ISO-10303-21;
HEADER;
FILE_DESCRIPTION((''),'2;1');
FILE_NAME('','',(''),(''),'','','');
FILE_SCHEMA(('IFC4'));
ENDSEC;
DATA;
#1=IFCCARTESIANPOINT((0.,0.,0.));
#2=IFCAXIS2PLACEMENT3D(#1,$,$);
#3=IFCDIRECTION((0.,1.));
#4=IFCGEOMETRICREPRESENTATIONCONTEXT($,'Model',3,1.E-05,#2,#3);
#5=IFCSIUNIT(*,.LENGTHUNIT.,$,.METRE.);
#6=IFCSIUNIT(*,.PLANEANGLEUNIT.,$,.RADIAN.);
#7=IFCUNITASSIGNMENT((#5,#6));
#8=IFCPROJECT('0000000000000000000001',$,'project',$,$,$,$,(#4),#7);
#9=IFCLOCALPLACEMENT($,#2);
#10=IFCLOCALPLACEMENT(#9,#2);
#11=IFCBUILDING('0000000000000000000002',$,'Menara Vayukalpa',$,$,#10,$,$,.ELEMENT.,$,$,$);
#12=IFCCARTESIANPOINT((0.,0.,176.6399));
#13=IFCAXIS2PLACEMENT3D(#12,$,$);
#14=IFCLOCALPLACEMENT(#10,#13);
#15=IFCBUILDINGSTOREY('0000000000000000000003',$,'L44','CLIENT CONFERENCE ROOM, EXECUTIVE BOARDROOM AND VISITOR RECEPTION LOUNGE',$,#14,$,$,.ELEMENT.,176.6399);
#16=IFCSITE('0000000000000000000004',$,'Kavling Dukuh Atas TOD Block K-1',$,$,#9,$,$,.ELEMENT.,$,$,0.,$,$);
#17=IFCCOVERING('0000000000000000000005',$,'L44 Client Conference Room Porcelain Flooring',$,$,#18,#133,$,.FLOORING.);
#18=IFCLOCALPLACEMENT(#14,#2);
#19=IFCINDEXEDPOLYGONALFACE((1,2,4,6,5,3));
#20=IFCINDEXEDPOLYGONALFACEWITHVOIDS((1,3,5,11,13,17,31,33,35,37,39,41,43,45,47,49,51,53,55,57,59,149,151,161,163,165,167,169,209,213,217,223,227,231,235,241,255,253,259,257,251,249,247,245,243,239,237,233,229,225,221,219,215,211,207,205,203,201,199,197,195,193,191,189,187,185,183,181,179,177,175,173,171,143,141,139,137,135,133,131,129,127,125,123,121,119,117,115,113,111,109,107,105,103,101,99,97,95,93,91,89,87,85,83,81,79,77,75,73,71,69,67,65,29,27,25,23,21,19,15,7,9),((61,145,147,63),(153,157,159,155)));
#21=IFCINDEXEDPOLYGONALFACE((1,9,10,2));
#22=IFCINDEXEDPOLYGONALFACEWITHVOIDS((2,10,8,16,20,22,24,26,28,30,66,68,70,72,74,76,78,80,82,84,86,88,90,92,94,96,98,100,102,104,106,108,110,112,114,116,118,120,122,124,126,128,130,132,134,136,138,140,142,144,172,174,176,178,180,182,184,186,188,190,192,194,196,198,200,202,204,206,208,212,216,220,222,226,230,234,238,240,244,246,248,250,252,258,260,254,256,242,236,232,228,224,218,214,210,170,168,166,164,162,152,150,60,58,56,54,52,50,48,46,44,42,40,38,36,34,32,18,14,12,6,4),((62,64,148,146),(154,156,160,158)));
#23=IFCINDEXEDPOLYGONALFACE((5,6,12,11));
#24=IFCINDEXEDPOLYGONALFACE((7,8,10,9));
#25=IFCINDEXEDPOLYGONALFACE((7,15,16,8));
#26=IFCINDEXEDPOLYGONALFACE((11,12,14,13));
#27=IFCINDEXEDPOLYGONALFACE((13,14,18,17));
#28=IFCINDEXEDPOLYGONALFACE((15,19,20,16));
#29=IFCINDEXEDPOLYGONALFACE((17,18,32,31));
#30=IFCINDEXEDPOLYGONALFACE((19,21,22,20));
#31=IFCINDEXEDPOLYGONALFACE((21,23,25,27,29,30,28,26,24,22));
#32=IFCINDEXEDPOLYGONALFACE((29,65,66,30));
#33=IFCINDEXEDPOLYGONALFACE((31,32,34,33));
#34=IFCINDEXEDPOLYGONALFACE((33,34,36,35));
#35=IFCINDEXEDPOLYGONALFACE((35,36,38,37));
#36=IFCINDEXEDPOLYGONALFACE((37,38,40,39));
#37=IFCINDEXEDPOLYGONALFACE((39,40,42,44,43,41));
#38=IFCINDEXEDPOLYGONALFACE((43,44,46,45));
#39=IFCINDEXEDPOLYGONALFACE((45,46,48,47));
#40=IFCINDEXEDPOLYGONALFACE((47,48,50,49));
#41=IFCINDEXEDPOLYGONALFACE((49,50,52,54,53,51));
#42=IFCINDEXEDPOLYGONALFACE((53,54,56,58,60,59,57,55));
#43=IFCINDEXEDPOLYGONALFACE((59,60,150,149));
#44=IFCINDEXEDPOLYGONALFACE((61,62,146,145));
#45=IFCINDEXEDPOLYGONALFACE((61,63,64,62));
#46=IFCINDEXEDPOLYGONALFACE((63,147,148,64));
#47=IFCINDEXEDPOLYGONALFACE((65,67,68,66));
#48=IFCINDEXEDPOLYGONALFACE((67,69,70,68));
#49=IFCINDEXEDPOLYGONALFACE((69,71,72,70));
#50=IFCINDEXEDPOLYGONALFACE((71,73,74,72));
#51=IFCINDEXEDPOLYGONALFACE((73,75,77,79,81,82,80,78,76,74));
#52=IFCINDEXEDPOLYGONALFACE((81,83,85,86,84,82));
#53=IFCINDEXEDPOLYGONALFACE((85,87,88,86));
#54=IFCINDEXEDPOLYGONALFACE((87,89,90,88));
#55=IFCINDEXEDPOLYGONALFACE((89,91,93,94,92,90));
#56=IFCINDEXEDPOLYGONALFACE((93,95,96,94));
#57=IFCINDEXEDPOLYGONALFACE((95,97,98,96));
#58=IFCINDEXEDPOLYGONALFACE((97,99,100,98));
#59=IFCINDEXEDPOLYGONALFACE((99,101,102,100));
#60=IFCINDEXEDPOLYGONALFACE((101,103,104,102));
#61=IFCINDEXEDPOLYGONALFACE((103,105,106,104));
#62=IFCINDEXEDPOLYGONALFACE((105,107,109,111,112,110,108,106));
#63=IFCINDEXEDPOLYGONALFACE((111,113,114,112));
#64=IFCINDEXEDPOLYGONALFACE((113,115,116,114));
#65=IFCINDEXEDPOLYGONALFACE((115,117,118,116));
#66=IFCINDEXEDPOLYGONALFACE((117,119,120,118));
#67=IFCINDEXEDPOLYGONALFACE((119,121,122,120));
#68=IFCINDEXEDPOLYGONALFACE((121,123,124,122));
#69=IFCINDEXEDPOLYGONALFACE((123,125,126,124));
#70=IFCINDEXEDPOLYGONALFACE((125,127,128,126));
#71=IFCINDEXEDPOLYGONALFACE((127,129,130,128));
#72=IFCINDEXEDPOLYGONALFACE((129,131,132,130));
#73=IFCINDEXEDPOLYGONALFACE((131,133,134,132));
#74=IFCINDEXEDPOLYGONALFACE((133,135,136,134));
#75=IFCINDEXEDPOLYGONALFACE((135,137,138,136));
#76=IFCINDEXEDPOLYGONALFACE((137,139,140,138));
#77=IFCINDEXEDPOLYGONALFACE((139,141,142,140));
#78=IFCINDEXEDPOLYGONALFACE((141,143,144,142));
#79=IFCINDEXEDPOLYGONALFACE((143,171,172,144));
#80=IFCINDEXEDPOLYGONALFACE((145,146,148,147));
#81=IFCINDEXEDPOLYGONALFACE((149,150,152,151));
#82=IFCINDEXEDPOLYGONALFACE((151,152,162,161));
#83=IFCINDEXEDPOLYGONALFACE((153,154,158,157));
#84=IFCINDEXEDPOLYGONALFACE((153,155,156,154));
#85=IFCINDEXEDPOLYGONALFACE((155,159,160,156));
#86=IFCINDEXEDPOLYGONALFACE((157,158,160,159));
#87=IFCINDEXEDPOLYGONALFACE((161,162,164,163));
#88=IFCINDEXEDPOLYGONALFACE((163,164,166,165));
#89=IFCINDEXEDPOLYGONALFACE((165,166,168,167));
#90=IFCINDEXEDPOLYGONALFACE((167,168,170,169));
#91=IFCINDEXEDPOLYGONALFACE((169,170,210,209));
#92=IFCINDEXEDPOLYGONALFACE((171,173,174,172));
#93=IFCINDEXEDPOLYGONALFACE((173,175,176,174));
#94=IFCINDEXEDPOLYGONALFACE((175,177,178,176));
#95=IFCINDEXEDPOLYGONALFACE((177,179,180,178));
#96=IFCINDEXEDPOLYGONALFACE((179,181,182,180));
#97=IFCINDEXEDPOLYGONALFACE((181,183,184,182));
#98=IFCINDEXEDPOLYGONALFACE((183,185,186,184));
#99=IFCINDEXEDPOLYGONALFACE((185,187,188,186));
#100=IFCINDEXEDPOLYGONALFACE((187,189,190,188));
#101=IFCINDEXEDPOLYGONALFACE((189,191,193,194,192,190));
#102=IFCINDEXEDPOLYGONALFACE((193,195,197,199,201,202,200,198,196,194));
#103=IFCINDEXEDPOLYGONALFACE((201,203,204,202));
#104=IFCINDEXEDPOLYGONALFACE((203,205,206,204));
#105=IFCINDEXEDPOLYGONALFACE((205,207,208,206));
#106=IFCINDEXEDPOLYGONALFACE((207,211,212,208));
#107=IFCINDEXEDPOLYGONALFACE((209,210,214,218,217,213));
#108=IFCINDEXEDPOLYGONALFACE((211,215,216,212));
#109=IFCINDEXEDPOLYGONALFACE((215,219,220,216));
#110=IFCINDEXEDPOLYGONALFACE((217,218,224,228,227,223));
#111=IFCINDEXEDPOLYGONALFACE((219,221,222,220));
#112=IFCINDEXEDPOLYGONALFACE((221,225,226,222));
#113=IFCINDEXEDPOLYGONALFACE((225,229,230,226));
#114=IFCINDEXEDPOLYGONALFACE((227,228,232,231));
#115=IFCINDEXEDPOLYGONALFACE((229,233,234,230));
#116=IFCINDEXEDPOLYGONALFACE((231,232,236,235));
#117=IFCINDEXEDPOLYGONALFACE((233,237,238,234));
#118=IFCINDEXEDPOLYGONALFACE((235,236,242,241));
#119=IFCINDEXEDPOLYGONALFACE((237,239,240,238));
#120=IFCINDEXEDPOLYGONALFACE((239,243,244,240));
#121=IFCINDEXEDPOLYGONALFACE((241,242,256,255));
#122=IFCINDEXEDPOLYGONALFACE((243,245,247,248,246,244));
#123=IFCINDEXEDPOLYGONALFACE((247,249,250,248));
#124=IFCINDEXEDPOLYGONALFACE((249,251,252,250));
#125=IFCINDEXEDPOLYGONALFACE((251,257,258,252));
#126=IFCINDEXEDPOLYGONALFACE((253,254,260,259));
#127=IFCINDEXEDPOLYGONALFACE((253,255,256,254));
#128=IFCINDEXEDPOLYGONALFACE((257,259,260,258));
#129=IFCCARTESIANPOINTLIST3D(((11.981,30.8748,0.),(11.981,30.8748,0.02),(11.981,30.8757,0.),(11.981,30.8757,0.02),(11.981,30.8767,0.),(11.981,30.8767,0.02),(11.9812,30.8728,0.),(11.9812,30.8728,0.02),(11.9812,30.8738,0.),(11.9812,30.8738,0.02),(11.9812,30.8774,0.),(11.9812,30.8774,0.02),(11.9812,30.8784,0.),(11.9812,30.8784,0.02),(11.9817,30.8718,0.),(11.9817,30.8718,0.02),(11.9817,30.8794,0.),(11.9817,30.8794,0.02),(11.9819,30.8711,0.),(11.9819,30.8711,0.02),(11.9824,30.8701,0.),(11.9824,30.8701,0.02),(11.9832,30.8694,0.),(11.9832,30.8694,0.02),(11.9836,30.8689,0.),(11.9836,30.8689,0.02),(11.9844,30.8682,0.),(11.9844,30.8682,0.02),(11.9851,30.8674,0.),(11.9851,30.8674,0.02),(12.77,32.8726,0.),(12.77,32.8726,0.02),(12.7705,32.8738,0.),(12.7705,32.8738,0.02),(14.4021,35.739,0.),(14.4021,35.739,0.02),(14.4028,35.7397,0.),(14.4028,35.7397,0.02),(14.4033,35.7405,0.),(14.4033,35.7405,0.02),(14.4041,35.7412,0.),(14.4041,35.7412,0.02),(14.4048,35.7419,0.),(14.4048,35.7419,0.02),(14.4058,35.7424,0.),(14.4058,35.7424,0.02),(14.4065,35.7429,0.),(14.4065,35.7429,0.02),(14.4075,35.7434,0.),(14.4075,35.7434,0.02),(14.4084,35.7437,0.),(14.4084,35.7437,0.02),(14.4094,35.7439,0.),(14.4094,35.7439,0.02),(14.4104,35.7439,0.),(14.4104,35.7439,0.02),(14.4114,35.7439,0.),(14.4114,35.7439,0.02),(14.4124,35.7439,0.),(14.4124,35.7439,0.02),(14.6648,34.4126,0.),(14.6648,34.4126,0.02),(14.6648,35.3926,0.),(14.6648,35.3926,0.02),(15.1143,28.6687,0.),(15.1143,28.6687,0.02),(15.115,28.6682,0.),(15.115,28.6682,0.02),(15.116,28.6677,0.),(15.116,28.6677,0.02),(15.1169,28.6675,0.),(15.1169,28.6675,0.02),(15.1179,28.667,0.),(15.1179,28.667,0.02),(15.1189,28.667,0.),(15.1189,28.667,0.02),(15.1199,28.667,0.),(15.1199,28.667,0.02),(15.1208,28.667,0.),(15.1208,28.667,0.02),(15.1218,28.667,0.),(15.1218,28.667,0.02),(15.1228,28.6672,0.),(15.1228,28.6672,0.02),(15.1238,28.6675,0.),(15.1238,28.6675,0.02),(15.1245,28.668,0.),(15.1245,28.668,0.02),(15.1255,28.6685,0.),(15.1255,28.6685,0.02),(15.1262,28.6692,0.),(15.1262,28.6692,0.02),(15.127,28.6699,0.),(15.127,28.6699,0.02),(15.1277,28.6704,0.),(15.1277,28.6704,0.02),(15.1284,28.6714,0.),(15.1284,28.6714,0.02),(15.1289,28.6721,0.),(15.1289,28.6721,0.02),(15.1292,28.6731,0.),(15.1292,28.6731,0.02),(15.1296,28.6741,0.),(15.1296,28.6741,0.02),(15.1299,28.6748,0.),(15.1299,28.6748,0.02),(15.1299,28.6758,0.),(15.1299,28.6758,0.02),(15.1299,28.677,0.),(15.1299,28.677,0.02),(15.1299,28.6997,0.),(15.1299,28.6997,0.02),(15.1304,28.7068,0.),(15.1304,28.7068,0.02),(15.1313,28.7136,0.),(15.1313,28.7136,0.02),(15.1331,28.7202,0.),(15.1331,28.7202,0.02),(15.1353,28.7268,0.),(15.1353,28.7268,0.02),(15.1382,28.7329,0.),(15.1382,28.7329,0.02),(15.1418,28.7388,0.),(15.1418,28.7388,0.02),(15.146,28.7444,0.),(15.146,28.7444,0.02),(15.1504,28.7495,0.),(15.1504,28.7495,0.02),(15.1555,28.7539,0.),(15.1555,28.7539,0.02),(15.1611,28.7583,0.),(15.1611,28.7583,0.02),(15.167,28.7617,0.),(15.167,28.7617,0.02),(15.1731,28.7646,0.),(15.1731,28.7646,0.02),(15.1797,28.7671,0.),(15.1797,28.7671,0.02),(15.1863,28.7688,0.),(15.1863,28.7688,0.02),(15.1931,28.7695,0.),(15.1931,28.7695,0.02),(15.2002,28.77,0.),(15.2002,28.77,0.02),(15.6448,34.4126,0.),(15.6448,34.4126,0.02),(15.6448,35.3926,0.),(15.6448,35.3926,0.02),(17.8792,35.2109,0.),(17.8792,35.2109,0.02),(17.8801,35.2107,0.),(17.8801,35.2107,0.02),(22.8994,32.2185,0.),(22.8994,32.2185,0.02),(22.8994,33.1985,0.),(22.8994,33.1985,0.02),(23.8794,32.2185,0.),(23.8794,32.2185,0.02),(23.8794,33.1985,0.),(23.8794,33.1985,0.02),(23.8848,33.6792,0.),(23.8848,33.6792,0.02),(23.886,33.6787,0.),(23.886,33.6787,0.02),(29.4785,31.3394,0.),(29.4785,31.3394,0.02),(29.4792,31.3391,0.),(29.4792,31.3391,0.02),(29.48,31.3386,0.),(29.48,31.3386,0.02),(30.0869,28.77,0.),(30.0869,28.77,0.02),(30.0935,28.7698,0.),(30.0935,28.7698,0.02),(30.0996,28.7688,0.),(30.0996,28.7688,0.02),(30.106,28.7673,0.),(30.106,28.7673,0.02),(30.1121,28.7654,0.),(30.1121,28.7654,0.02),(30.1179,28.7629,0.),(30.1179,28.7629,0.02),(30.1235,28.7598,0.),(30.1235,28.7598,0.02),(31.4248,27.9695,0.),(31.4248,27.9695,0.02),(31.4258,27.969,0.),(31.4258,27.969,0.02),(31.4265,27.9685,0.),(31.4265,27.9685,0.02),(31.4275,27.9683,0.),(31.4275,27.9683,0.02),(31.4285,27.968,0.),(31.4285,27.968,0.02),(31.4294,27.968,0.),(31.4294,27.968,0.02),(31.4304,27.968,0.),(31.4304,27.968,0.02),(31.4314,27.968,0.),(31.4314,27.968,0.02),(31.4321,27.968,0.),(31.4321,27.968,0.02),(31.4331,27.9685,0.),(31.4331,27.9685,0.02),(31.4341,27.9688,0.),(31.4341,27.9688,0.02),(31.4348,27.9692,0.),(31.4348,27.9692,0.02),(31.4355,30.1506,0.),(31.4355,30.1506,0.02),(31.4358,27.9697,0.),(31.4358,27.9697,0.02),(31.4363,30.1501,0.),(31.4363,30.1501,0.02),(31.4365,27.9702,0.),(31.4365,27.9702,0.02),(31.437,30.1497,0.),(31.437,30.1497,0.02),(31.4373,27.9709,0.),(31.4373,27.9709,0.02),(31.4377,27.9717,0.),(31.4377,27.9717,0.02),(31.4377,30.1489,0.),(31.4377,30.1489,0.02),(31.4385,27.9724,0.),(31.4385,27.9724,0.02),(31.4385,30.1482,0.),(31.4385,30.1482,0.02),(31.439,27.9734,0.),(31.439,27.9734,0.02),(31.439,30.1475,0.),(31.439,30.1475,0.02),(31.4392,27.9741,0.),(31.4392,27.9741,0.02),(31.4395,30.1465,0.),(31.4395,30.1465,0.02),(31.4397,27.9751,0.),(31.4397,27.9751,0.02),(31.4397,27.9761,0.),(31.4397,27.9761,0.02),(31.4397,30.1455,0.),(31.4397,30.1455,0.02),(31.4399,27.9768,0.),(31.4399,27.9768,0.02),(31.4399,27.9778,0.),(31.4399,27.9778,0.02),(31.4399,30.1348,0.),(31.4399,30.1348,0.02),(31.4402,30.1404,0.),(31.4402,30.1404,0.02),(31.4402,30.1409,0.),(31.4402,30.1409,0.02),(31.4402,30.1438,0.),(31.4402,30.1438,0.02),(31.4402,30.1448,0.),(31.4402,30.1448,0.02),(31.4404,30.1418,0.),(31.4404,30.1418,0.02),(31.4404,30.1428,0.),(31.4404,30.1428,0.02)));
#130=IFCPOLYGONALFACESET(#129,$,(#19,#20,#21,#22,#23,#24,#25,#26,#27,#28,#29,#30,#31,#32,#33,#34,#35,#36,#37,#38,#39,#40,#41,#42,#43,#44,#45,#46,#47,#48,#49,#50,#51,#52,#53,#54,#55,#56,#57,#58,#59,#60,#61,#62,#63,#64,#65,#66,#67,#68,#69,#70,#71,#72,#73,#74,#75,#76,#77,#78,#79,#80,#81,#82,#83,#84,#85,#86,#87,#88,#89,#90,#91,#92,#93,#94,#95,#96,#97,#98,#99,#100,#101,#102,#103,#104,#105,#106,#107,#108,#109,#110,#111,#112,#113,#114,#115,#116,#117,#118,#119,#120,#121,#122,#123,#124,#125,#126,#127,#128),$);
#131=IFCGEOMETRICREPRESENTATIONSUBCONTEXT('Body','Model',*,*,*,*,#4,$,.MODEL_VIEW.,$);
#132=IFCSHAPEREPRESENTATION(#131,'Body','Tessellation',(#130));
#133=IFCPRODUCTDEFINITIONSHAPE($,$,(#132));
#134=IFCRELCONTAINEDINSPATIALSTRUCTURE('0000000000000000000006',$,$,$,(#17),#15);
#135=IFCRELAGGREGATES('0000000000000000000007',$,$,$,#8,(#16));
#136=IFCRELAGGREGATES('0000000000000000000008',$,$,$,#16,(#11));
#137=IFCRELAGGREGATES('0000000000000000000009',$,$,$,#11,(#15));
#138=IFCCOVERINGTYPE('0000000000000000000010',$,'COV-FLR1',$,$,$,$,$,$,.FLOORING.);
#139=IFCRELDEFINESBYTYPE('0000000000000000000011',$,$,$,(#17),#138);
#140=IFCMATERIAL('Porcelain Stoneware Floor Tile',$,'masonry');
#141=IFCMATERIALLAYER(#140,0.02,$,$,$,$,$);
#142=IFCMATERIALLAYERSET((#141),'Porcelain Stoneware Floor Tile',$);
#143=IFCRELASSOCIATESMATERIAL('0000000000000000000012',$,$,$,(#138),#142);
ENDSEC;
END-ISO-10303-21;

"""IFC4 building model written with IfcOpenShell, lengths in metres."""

from ifc_helpers import new_model, si_unit, direction, frame, origin, place, context, subcontext, project, spatial, polyline, outline, extrude, material, layer, layer_set, type_object, element, save


model = new_model("IFC4")

# Units and contexts
model_context = context("Model", 3, precision=1e-05, world=origin(), true_north=direction((0.0, 1.0)))
body_context = subcontext(model_context, "Body", "Model", "MODEL_VIEW")
ifc_project = project(units=[si_unit("LENGTHUNIT", "METRE"), si_unit("PLANEANGLEUNIT", "RADIAN")], contexts=[model_context])

# Site, building, storey
site_placement = place(None, origin())
site = spatial("IfcSite", under=ifc_project, at=site_placement, Name="Kavling Dukuh Atas TOD Block K-1", CompositionType="ELEMENT", RefElevation=0.0)
building_placement = place(site_placement, origin())
building = spatial("IfcBuilding", under=site, at=building_placement, Name="Menara Vayukalpa", CompositionType="ELEMENT")
storey_placement = place(building_placement, frame((0.0, 0.0, 176.6399)))
storey = spatial("IfcBuildingStorey", under=building, at=storey_placement, Name="L44", Description="CLIENT CONFERENCE ROOM, EXECUTIVE BOARDROOM AND VISITOR RECEPTION LOUNGE", CompositionType="ELEMENT", Elevation=176.6399)

# Covering
ifc_material_1 = material(Name="Porcelain Stoneware Floor Tile", Category="masonry")
ifc_layer_1 = layer(ifc_material_1, 0.02)
ifc_layer_set_1 = layer_set([ifc_layer_1], Name="Porcelain Stoneware Floor Tile")
covering_type_1 = type_object("IfcCoveringType", Name="COV-FLR1", PredefinedType="FLOORING", material=ifc_layer_set_1)
covering_1_placement = place(storey_placement, origin())
element("IfcCovering", 1, at=covering_1_placement, inside=storey, type_object=covering_type_1, Name="L44 Client Conference Room Porcelain Flooring", PredefinedType="FLOORING", context=body_context, shape_type="SweptSolid", body=[
    extrude(outline(polyline([(14.4021, 35.739), (14.4028, 35.7397), (14.4033, 35.7405), (14.4041, 35.7412), (14.4048, 35.7419), (14.4058, 35.7424), (14.4065, 35.7429), (14.4075, 35.7434), (14.4084, 35.7437), (14.4094, 35.7439), (14.4104, 35.7439), (14.4114, 35.7439), (14.4124, 35.7439), (17.8792, 35.2109), (17.8801, 35.2107), (23.8848, 33.6792), (23.886, 33.6787), (29.4785, 31.3394), (29.4792, 31.3391), (29.48, 31.3386), (31.4355, 30.1506), (31.4363, 30.1501), (31.437, 30.1497), (31.4377, 30.1489), (31.4385, 30.1482), (31.439, 30.1475), (31.4395, 30.1465), (31.4397, 30.1455), (31.4402, 30.1448), (31.4402, 30.1438), (31.4404, 30.1428), (31.4404, 30.1418), (31.4402, 30.1409), (31.4402, 30.1404), (31.4399, 30.1348), (31.4399, 27.9778), (31.4399, 27.9768), (31.4397, 27.9761), (31.4397, 27.9751), (31.4392, 27.9741), (31.439, 27.9734), (31.4385, 27.9724), (31.4377, 27.9717), (31.4373, 27.9709), (31.4365, 27.9702), (31.4358, 27.9697), (31.4348, 27.9692), (31.4341, 27.9688), (31.4331, 27.9685), (31.4321, 27.968), (31.4314, 27.968), (31.4304, 27.968), (31.4294, 27.968), (31.4285, 27.968), (31.4275, 27.9683), (31.4265, 27.9685), (31.4258, 27.969), (31.4248, 27.9695), (30.1235, 28.7598), (30.1179, 28.7629), (30.1121, 28.7654), (30.106, 28.7673), (30.0996, 28.7688), (30.0935, 28.7698), (30.0869, 28.77), (15.2002, 28.77), (15.1931, 28.7695), (15.1863, 28.7688), (15.1797, 28.7671), (15.1731, 28.7646), (15.167, 28.7617), (15.1611, 28.7583), (15.1555, 28.7539), (15.1504, 28.7495), (15.146, 28.7444), (15.1418, 28.7388), (15.1382, 28.7329), (15.1353, 28.7268), (15.1331, 28.7202), (15.1313, 28.7136), (15.1304, 28.7068), (15.1299, 28.6997), (15.1299, 28.677), (15.1299, 28.6758), (15.1299, 28.6748), (15.1296, 28.6741), (15.1292, 28.6731), (15.1289, 28.6721), (15.1284, 28.6714), (15.1277, 28.6704), (15.127, 28.6699), (15.1262, 28.6692), (15.1255, 28.6685), (15.1245, 28.668), (15.1238, 28.6675), (15.1228, 28.6672), (15.1218, 28.667), (15.1208, 28.667), (15.1199, 28.667), (15.1189, 28.667), (15.1179, 28.667), (15.1169, 28.6675), (15.116, 28.6677), (15.115, 28.6682), (15.1143, 28.6687), (11.9851, 30.8674), (11.9844, 30.8682), (11.9836, 30.8689), (11.9832, 30.8694), (11.9824, 30.8701), (11.9819, 30.8711), (11.9817, 30.8718), (11.9812, 30.8728), (11.9812, 30.8738), (11.981, 30.8748), (11.981, 30.8757), (11.981, 30.8767), (11.9812, 30.8774), (11.9812, 30.8784), (11.9817, 30.8794), (12.77, 32.8726), (12.7705, 32.8738), (14.4021, 35.739)]), holes=[polyline([(15.6448, 35.3926), (14.6648, 35.3926), (14.6648, 34.4126), (15.6448, 34.4126), (15.6448, 35.3926)]), polyline([(23.8794, 33.1985), (22.8994, 33.1985), (22.8994, 32.2185), (23.8794, 32.2185), (23.8794, 33.1985)])]), origin(), (0.0, 0.0, 1.0), 0.02),
])

save(model, "model.ifc")
